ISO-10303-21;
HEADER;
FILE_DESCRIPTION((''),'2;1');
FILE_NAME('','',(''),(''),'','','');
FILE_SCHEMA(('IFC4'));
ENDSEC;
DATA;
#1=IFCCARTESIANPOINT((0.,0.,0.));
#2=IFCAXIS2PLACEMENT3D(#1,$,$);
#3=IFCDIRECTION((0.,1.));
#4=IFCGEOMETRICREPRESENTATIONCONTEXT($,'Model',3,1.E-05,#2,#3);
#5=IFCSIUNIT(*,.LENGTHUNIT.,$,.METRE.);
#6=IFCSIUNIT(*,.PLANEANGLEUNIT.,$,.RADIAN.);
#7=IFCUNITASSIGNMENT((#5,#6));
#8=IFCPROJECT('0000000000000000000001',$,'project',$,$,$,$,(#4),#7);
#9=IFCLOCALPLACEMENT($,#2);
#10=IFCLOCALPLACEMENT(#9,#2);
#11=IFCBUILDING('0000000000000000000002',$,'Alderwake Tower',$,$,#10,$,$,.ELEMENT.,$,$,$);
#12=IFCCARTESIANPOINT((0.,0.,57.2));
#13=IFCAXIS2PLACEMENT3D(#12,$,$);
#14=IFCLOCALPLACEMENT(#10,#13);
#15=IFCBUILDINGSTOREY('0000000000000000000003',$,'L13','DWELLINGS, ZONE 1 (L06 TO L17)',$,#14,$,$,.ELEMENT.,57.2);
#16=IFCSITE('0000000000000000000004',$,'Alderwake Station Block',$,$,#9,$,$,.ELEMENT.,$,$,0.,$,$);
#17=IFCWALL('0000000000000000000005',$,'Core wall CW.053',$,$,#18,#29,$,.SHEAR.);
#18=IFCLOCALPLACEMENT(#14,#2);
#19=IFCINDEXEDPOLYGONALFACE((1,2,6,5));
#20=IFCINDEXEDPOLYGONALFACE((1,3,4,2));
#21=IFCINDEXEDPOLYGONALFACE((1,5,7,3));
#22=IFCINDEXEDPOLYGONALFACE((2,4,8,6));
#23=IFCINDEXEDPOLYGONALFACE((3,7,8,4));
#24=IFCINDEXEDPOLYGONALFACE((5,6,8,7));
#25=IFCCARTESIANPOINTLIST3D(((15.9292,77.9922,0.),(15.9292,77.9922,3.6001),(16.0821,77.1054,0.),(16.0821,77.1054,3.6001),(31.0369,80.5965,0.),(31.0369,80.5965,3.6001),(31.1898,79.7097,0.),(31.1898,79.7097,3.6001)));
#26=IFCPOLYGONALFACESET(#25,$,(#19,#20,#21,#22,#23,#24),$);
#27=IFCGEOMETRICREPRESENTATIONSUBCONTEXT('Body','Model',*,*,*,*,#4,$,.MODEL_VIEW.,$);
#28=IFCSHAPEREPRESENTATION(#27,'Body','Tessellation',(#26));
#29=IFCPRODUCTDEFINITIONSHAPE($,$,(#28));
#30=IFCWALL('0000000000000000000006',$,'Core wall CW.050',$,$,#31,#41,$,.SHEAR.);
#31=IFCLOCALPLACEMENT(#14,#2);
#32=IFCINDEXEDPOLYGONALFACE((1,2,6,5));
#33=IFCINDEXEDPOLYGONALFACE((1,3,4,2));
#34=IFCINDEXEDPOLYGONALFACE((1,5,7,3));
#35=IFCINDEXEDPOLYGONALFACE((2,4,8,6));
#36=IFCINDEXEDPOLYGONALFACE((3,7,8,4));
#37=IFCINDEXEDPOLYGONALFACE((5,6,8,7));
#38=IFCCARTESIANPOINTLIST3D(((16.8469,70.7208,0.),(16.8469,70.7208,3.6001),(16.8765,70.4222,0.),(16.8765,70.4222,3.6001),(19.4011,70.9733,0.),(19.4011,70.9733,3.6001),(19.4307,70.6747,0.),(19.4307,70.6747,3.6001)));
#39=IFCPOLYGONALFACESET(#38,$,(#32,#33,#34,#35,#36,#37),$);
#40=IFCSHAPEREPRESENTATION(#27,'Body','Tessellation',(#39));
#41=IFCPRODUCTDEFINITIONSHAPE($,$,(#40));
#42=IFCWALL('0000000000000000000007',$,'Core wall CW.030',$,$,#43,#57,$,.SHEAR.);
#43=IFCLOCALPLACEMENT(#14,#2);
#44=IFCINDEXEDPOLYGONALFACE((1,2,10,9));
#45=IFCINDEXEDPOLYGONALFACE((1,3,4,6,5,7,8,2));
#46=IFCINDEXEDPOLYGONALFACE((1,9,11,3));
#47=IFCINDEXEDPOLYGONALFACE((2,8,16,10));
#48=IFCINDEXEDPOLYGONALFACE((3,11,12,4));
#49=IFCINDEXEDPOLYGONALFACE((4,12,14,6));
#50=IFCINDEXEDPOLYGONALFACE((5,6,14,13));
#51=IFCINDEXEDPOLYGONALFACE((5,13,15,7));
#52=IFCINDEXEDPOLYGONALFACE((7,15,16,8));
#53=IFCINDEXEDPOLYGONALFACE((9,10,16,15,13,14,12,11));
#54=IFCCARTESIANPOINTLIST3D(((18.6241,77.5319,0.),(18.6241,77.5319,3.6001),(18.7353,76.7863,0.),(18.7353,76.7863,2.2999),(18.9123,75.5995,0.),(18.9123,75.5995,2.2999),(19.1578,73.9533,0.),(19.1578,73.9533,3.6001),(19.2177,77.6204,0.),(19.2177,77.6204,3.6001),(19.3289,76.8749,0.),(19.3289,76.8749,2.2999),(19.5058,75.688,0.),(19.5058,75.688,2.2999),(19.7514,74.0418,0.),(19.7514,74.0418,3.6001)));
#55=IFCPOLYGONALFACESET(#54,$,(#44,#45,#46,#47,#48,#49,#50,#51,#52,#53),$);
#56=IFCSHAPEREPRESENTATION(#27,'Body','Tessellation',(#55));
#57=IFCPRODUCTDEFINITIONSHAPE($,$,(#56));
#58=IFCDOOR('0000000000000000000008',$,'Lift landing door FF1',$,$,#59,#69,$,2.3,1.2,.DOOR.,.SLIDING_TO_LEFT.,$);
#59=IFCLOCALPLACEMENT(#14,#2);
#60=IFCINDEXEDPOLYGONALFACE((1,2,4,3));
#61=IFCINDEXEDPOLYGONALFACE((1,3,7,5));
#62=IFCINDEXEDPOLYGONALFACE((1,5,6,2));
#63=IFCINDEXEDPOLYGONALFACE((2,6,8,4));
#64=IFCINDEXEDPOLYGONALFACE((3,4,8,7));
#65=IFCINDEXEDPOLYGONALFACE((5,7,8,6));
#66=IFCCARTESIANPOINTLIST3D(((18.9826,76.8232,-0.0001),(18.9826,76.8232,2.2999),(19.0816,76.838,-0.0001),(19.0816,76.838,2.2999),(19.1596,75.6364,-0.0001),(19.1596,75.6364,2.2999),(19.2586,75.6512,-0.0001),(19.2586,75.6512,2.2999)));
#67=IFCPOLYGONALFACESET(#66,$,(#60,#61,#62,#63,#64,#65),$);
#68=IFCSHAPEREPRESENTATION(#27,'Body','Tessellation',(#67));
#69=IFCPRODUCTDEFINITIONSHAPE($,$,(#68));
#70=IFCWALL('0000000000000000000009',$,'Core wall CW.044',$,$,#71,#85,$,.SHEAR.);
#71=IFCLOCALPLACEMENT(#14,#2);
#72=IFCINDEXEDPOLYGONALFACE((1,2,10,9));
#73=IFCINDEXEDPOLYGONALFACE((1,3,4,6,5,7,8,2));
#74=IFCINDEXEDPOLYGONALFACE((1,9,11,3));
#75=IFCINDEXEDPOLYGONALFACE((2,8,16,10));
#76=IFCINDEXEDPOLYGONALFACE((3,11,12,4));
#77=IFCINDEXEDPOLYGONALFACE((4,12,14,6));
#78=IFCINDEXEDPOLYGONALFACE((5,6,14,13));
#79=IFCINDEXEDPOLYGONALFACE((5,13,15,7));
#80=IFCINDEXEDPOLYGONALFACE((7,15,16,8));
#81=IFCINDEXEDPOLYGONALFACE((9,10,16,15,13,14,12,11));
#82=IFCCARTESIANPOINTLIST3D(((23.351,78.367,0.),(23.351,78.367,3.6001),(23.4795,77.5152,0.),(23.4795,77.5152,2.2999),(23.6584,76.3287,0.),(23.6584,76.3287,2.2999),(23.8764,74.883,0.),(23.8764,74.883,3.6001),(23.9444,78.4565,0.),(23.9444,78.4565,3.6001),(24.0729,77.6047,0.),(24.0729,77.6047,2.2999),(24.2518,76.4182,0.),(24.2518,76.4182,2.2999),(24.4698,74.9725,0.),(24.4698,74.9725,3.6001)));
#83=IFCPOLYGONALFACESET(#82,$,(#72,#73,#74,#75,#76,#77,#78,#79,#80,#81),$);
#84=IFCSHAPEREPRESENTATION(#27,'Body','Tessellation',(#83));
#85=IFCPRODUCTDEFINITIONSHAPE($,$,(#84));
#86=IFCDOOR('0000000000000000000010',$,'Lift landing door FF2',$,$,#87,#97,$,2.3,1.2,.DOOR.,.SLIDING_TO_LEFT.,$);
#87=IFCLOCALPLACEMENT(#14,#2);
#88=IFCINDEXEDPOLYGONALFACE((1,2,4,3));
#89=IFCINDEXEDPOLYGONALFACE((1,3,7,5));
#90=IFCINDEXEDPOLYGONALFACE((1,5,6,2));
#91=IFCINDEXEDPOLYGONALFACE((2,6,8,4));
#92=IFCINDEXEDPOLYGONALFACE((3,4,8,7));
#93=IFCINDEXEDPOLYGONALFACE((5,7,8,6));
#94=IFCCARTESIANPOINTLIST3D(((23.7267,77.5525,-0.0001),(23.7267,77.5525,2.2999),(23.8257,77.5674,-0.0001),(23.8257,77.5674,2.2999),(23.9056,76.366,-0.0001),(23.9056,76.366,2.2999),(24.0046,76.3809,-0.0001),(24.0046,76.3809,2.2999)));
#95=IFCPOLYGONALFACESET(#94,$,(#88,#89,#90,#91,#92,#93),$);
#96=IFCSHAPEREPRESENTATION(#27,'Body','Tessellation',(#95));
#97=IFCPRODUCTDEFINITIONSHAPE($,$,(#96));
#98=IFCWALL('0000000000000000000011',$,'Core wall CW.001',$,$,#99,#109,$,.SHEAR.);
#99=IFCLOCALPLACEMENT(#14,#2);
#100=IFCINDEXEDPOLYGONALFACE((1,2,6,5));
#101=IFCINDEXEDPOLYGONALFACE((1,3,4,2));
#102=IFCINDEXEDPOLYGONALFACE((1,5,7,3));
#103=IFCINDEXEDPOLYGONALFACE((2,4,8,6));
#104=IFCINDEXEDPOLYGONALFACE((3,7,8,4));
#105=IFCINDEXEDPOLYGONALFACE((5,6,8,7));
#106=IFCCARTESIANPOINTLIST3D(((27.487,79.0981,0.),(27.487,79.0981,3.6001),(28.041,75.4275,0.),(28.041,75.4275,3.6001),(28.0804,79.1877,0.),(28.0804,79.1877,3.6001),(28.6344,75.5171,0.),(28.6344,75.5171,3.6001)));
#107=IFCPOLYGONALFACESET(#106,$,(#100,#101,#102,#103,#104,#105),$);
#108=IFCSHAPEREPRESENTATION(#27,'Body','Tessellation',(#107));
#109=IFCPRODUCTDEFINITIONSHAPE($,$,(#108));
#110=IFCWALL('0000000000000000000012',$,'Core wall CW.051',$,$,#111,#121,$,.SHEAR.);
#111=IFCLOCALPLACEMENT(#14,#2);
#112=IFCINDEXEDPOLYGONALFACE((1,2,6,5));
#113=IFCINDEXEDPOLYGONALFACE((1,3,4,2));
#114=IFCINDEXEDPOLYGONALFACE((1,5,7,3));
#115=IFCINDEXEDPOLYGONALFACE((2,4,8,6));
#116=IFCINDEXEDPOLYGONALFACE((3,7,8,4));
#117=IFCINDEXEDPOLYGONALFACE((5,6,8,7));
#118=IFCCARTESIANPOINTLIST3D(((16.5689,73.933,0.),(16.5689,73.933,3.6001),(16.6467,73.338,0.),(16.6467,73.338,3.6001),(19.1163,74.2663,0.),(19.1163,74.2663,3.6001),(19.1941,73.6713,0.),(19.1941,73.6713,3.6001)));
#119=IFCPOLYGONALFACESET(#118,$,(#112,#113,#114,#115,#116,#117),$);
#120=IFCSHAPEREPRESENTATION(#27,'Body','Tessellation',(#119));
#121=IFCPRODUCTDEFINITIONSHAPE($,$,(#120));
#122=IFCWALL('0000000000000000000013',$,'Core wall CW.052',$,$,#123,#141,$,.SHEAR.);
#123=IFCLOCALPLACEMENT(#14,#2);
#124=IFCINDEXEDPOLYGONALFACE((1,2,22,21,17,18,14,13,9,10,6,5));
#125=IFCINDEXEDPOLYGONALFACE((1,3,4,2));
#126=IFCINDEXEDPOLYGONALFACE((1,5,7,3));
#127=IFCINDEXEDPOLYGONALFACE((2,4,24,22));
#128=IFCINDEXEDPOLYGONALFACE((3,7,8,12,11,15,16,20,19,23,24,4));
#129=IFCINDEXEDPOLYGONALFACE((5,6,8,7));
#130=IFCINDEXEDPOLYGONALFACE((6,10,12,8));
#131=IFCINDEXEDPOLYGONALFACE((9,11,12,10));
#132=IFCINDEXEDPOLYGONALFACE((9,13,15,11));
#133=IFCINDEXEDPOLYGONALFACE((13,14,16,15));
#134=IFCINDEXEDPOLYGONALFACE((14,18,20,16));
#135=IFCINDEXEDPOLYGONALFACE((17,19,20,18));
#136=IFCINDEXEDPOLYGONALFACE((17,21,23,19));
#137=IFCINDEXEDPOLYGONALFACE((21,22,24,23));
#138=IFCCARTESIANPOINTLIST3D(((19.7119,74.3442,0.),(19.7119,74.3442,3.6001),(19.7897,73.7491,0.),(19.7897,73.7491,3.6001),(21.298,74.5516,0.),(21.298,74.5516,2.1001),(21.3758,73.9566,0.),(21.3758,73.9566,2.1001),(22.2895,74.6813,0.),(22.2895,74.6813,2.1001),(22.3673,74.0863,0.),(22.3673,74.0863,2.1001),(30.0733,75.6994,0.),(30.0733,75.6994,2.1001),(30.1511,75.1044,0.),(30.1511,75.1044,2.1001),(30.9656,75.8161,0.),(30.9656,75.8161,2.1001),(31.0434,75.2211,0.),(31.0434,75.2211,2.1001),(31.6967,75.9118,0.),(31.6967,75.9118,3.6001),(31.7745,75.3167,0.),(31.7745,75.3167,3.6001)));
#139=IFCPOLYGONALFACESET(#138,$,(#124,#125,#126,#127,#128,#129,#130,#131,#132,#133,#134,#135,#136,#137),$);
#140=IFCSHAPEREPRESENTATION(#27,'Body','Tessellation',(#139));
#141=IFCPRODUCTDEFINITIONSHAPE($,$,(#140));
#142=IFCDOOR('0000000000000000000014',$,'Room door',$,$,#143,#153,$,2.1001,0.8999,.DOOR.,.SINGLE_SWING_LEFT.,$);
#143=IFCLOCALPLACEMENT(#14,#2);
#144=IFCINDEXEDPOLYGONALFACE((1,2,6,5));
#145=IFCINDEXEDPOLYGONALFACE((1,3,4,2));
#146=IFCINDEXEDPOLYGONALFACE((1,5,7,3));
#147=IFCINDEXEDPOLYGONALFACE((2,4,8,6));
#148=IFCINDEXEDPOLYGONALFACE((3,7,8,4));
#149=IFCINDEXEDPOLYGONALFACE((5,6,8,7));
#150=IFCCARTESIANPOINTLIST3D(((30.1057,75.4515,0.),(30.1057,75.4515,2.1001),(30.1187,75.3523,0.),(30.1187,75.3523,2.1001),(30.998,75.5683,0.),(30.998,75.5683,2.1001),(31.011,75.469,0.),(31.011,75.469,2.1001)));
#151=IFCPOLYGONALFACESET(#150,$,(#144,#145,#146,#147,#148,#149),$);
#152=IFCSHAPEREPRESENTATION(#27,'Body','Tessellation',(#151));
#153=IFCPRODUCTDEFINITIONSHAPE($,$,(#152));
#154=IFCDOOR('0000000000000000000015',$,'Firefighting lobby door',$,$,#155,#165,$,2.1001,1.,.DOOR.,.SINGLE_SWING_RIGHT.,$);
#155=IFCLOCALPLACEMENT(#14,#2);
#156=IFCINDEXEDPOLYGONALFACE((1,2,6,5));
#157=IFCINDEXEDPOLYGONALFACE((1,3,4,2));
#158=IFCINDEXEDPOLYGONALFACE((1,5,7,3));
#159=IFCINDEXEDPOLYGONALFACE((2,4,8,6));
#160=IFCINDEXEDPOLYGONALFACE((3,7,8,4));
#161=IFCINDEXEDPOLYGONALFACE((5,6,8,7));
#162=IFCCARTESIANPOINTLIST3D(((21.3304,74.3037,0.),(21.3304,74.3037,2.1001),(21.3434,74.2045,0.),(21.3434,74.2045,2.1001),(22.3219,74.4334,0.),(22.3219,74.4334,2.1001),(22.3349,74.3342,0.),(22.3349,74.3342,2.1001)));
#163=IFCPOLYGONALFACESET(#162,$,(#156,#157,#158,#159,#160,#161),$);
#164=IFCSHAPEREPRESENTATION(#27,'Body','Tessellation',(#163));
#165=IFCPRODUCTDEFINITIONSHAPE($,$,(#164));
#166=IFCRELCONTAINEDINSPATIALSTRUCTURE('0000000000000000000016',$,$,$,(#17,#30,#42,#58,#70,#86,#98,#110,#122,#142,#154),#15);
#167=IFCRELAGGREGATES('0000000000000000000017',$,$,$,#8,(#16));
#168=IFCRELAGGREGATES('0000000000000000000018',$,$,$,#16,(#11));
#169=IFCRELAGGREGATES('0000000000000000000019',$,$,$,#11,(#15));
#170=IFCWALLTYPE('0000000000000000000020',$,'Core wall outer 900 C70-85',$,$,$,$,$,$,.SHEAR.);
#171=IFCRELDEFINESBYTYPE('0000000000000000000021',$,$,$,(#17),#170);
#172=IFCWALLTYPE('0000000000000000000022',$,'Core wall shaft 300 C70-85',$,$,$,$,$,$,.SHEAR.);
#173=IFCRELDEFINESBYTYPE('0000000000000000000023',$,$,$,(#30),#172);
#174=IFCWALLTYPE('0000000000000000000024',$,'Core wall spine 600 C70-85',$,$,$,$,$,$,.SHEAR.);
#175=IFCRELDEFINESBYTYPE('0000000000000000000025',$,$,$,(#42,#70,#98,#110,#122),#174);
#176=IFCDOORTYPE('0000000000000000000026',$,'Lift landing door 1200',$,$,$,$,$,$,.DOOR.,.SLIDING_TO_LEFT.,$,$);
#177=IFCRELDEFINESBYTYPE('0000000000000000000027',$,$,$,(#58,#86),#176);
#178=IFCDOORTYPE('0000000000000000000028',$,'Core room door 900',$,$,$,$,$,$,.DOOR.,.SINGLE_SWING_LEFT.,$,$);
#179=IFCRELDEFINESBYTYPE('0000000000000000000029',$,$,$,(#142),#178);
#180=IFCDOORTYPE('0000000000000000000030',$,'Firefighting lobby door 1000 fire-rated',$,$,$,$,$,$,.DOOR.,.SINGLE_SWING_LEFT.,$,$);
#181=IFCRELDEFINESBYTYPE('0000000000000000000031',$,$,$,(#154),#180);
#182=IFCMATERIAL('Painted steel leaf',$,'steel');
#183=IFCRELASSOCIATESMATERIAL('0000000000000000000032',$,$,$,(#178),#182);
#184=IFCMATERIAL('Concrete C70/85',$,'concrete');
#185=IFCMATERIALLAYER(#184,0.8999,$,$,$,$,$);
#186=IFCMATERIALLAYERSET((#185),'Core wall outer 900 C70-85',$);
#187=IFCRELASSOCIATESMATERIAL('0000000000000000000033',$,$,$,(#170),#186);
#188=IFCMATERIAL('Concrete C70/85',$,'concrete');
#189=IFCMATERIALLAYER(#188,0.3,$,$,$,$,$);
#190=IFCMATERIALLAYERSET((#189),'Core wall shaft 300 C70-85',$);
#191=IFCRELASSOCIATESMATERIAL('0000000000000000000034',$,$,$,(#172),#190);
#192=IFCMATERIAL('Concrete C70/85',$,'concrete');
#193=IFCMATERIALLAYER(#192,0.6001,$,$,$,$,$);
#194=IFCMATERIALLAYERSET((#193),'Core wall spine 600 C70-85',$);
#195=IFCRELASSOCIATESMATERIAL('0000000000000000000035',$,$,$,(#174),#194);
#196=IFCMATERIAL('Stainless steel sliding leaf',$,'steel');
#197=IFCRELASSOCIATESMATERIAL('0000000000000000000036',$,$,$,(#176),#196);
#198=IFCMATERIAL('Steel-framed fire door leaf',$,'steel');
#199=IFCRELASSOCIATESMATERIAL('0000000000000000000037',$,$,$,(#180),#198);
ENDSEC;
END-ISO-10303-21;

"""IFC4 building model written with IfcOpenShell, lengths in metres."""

from ifc_helpers import new_model, si_unit, direction, frame, frame_2d, origin, place, context, subcontext, project, spatial, rectangle, extrude, material, layer, layer_set, type_object, element, fill, save


model = new_model("IFC4")

# Units and contexts
model_context = context("Model", 3, precision=1e-05, world=origin(), true_north=direction((0.0, 1.0)))
body_context = subcontext(model_context, "Body", "Model", "MODEL_VIEW")
ifc_project = project(units=[si_unit("LENGTHUNIT", "METRE"), si_unit("PLANEANGLEUNIT", "RADIAN")], contexts=[model_context])

# Site, building, storey
site_placement = place(None, origin())
site = spatial("IfcSite", under=ifc_project, at=site_placement, Name="Alderwake Station Block", CompositionType="ELEMENT", RefElevation=0.0)
building_placement = place(site_placement, origin())
building = spatial("IfcBuilding", under=site, at=building_placement, Name="Alderwake Tower", CompositionType="ELEMENT")
storey_placement = place(building_placement, frame((0.0, 0.0, 57.2)))
storey = spatial("IfcBuildingStorey", under=building, at=storey_placement, Name="L13", Description="DWELLINGS, ZONE 1 (L06 TO L17)", CompositionType="ELEMENT", Elevation=57.2)

# Shared definitions
ifc_material_1 = material(Name="Painted steel leaf", Category="steel")
door_type_1 = type_object("IfcDoorType", Name="Core room door 900", OperationType="SINGLE_SWING_LEFT", PredefinedType="DOOR", material=ifc_material_1)

# Shared definitions
ifc_material_2 = material(Name="Concrete C70/85", Category="concrete")
ifc_layer_1 = layer(ifc_material_2, 0.8999)
ifc_layer_set_1 = layer_set([ifc_layer_1], Name="Core wall outer 900 C70-85")
wall_type_1 = type_object("IfcWallType", Name="Core wall outer 900 C70-85", PredefinedType="SHEAR", material=ifc_layer_set_1)

# Walls
wall_1_placement = place(storey_placement, frame((16.0056, 77.5488, 0.0), z_axis=(0.0, 0.0, 1.0), x_axis=(0.985466, 0.169874, 0.0)))
element("IfcWall", 1, at=wall_1_placement, inside=storey, type_object=wall_type_1, Name="Core wall CW.053", PredefinedType="SHEAR", context=body_context, shape_type="SweptSolid", body=[
    extrude(rectangle(XDim=15.3306, YDim=0.8999, at=frame_2d((7.6653, 0.0))), origin(), (0.0, 0.0, 1.0), 3.6001),
])
ifc_material_3 = material(Name="Concrete C70/85", Category="concrete")
ifc_layer_2 = layer(ifc_material_3, 0.3)
ifc_layer_set_2 = layer_set([ifc_layer_2], Name="Core wall shaft 300 C70-85")
wall_type_2 = type_object("IfcWallType", Name="Core wall shaft 300 C70-85", PredefinedType="SHEAR", material=ifc_layer_set_2)
wall_2_placement = place(storey_placement, frame((16.8618, 70.5715, 0.0), z_axis=(0.0, 0.0, 1.0), x_axis=(0.995151, 0.098355, 0.0)))
element("IfcWall", 2, at=wall_2_placement, inside=storey, type_object=wall_type_2, Name="Core wall CW.050", PredefinedType="SHEAR", context=body_context, shape_type="SweptSolid", body=[
    extrude(rectangle(XDim=2.5667, YDim=0.3, at=frame_2d((1.2832, 0.0))), origin(), (0.0, 0.0, 1.0), 3.6001),
])

# Walls, openings, doors
ifc_material_4 = material(Name="Concrete C70/85", Category="concrete")
ifc_layer_3 = layer(ifc_material_4, 0.6001)
ifc_layer_set_3 = layer_set([ifc_layer_3], Name="Core wall spine 600 C70-85")
wall_type_3 = type_object("IfcWallType", Name="Core wall spine 600 C70-85", PredefinedType="SHEAR", material=ifc_layer_set_3)
wall_3_placement = place(storey_placement, frame((19.4546, 73.9976, 0.0), z_axis=(0.0, 0.0, 1.0), x_axis=(-0.147502, 0.989062, 0.0)))
wall_3 = element("IfcWall", 3, at=wall_3_placement, inside=storey, type_object=wall_type_3, Name="Core wall CW.030", PredefinedType="SHEAR", context=body_context, shape_type="SweptSolid", body=[
    extrude(rectangle(XDim=3.6182, YDim=0.6001, at=frame_2d((1.8091, 0.0))), origin(), (0.0, 0.0, 1.0), 3.6001),
])
opening_1_placement = place(wall_3_placement, frame((1.6643, 0.0, 0.0)))
opening_1 = element("IfcOpeningElement", 4, at=opening_1_placement, cuts=wall_3, PredefinedType="OPENING", context=body_context, shape_type="SweptSolid", body=[
    extrude(rectangle(XDim=1.2, YDim=2.3, at=frame_2d((0.6001, 1.1499))), frame((0.0, 0.3101, 0.0), z_axis=(0.0, -1.0, 0.0), x_axis=(1.0, 0.0, 0.0)), (0.0, 0.0, 1.0), 0.6201),
])
ifc_material_5 = material(Name="Stainless steel sliding leaf", Category="steel")
door_type_2 = type_object("IfcDoorType", Name="Lift landing door 1200", OperationType="SLIDING_TO_LEFT", PredefinedType="DOOR", material=ifc_material_5)
door_1_placement = place(opening_1_placement, origin())
door_1 = element("IfcDoor", 5, at=door_1_placement, inside=storey, type_object=door_type_2, Name="Lift landing door FF1", OperationType="SLIDING_TO_LEFT", OverallHeight=2.3, OverallWidth=1.2, PredefinedType="DOOR", context=body_context, shape_type="SweptSolid", body=[
    extrude(rectangle(XDim=1.2, YDim=2.3, at=frame_2d((0.6001, 1.1499))), frame((0.0, 0.05, 0.0), z_axis=(0.0, -1.0, 0.0), x_axis=(1.0, 0.0, 0.0)), (0.0, 0.0, 1.0), 0.1001),
])
fill(opening_1, door_1)
wall_4_placement = place(storey_placement, frame((24.1731, 74.9277, 0.0), z_axis=(0.0, 0.0, 1.0), x_axis=(-0.14911, 0.988821, 0.0)))
wall_4 = element("IfcWall", 6, at=wall_4_placement, inside=storey, type_object=wall_type_3, Name="Core wall CW.044", PredefinedType="SHEAR", context=body_context, shape_type="SweptSolid", body=[
    extrude(rectangle(XDim=3.5234, YDim=0.6001, at=frame_2d((1.7617, 0.0))), origin(), (0.0, 0.0, 1.0), 3.6001),
])
opening_2_placement = place(wall_4_placement, frame((1.4619, 0.0, 0.0)))
opening_2 = element("IfcOpeningElement", 7, at=opening_2_placement, cuts=wall_4, PredefinedType="OPENING", context=body_context, shape_type="SweptSolid", body=[
    extrude(rectangle(XDim=1.2, YDim=2.3, at=frame_2d((0.6001, 1.1499))), frame((0.0, 0.3101, 0.0), z_axis=(0.0, -1.0, 0.0), x_axis=(1.0, 0.0, 0.0)), (0.0, 0.0, 1.0), 0.6201),
])
door_2_placement = place(opening_2_placement, origin())
door_2 = element("IfcDoor", 8, at=door_2_placement, inside=storey, type_object=door_type_2, Name="Lift landing door FF2", OperationType="SLIDING_TO_LEFT", OverallHeight=2.3, OverallWidth=1.2, PredefinedType="DOOR", context=body_context, shape_type="SweptSolid", body=[
    extrude(rectangle(XDim=1.2, YDim=2.3, at=frame_2d((0.6001, 1.1499))), frame((0.0, 0.05, 0.0), z_axis=(0.0, -1.0, 0.0), x_axis=(1.0, 0.0, 0.0)), (0.0, 0.0, 1.0), 0.1001),
])
fill(opening_2, door_2)

# Walls
wall_5_placement = place(storey_placement, frame((28.3376, 75.4724, 0.0), z_axis=(0.0, 0.0, 1.0), x_axis=(-0.149225, 0.988803, 0.0)))
element("IfcWall", 9, at=wall_5_placement, inside=storey, type_object=wall_type_3, Name="Core wall CW.001", PredefinedType="SHEAR", context=body_context, shape_type="SweptSolid", body=[
    extrude(rectangle(XDim=3.7122, YDim=0.6001, at=frame_2d((1.856, 0.0))), origin(), (0.0, 0.0, 1.0), 3.6001),
])
wall_6_placement = place(storey_placement, frame((16.6077, 73.6355, 0.0), z_axis=(0.0, 0.0, 1.0), x_axis=(0.991551, 0.129717, 0.0)))
element("IfcWall", 10, at=wall_6_placement, inside=storey, type_object=wall_type_3, Name="Core wall CW.051", PredefinedType="SHEAR", context=body_context, shape_type="SweptSolid", body=[
    extrude(rectangle(XDim=2.5691, YDim=0.6001, at=frame_2d((1.2847, 0.0))), origin(), (0.0, 0.0, 1.0), 3.6001),
])

# Wall, openings, doors
wall_7_placement = place(storey_placement, frame((31.7356, 75.6143, 0.0), z_axis=(0.0, 0.0, 1.0), x_axis=(-0.991554, -0.129696, 0.0)))
wall_7 = element("IfcWall", 11, at=wall_7_placement, inside=storey, type_object=wall_type_3, Name="Core wall CW.052", PredefinedType="SHEAR", context=body_context, shape_type="SweptSolid", body=[
    extrude(rectangle(XDim=12.0869, YDim=0.6001, at=frame_2d((6.0435, 0.0))), origin(), (0.0, 0.0, 1.0), 3.6001),
])
opening_3_placement = place(wall_7_placement, frame((9.4873, 0.0, 0.0)))
opening_3 = element("IfcOpeningElement", 12, at=opening_3_placement, cuts=wall_7, PredefinedType="OPENING", context=body_context, shape_type="SweptSolid", body=[
    extrude(rectangle(XDim=1.0, YDim=2.1001, at=frame_2d((0.5, 1.05))), frame((0.0, 0.3101, 0.0), z_axis=(0.0, -1.0, 0.0), x_axis=(1.0, 0.0, 0.0)), (0.0, 0.0, 1.0), 0.6201),
])
opening_4_placement = place(wall_7_placement, frame((0.7373, 0.0, 0.0)))
opening_4 = element("IfcOpeningElement", 13, at=opening_4_placement, cuts=wall_7, PredefinedType="OPENING", context=body_context, shape_type="SweptSolid", body=[
    extrude(rectangle(XDim=0.8999, YDim=2.1001, at=frame_2d((0.45, 1.05))), frame((0.0, 0.3101, 0.0), z_axis=(0.0, -1.0, 0.0), x_axis=(1.0, 0.0, 0.0)), (0.0, 0.0, 1.0), 0.6201),
])
door_3_placement = place(opening_4_placement, origin())
door_3 = element("IfcDoor", 14, at=door_3_placement, inside=storey, type_object=door_type_1, Name="Room door", OperationType="SINGLE_SWING_LEFT", OverallHeight=2.1001, OverallWidth=0.8999, PredefinedType="DOOR", context=body_context, shape_type="SweptSolid", body=[
    extrude(rectangle(XDim=0.8999, YDim=2.1001, at=frame_2d((0.45, 1.05))), frame((0.0, 0.05, 0.0), z_axis=(0.0, -1.0, 0.0), x_axis=(1.0, 0.0, 0.0)), (0.0, 0.0, 1.0), 0.1001),
])
fill(opening_4, door_3)
ifc_material_6 = material(Name="Steel-framed fire door leaf", Category="steel")
door_type_3 = type_object("IfcDoorType", Name="Firefighting lobby door 1000 fire-rated", OperationType="SINGLE_SWING_LEFT", PredefinedType="DOOR", material=ifc_material_6)
door_4_placement = place(opening_3_placement, origin())
door_4 = element("IfcDoor", 15, at=door_4_placement, inside=storey, type_object=door_type_3, Name="Firefighting lobby door", OperationType="SINGLE_SWING_RIGHT", OverallHeight=2.1001, OverallWidth=1.0, PredefinedType="DOOR", context=body_context, shape_type="SweptSolid", body=[
    extrude(rectangle(XDim=1.0, YDim=2.1001, at=frame_2d((0.5, 1.05))), frame((0.0, 0.05, 0.0), z_axis=(0.0, -1.0, 0.0), x_axis=(1.0, 0.0, 0.0)), (0.0, 0.0, 1.0), 0.1001),
])
fill(opening_3, door_4)

save(model, "model.ifc")
